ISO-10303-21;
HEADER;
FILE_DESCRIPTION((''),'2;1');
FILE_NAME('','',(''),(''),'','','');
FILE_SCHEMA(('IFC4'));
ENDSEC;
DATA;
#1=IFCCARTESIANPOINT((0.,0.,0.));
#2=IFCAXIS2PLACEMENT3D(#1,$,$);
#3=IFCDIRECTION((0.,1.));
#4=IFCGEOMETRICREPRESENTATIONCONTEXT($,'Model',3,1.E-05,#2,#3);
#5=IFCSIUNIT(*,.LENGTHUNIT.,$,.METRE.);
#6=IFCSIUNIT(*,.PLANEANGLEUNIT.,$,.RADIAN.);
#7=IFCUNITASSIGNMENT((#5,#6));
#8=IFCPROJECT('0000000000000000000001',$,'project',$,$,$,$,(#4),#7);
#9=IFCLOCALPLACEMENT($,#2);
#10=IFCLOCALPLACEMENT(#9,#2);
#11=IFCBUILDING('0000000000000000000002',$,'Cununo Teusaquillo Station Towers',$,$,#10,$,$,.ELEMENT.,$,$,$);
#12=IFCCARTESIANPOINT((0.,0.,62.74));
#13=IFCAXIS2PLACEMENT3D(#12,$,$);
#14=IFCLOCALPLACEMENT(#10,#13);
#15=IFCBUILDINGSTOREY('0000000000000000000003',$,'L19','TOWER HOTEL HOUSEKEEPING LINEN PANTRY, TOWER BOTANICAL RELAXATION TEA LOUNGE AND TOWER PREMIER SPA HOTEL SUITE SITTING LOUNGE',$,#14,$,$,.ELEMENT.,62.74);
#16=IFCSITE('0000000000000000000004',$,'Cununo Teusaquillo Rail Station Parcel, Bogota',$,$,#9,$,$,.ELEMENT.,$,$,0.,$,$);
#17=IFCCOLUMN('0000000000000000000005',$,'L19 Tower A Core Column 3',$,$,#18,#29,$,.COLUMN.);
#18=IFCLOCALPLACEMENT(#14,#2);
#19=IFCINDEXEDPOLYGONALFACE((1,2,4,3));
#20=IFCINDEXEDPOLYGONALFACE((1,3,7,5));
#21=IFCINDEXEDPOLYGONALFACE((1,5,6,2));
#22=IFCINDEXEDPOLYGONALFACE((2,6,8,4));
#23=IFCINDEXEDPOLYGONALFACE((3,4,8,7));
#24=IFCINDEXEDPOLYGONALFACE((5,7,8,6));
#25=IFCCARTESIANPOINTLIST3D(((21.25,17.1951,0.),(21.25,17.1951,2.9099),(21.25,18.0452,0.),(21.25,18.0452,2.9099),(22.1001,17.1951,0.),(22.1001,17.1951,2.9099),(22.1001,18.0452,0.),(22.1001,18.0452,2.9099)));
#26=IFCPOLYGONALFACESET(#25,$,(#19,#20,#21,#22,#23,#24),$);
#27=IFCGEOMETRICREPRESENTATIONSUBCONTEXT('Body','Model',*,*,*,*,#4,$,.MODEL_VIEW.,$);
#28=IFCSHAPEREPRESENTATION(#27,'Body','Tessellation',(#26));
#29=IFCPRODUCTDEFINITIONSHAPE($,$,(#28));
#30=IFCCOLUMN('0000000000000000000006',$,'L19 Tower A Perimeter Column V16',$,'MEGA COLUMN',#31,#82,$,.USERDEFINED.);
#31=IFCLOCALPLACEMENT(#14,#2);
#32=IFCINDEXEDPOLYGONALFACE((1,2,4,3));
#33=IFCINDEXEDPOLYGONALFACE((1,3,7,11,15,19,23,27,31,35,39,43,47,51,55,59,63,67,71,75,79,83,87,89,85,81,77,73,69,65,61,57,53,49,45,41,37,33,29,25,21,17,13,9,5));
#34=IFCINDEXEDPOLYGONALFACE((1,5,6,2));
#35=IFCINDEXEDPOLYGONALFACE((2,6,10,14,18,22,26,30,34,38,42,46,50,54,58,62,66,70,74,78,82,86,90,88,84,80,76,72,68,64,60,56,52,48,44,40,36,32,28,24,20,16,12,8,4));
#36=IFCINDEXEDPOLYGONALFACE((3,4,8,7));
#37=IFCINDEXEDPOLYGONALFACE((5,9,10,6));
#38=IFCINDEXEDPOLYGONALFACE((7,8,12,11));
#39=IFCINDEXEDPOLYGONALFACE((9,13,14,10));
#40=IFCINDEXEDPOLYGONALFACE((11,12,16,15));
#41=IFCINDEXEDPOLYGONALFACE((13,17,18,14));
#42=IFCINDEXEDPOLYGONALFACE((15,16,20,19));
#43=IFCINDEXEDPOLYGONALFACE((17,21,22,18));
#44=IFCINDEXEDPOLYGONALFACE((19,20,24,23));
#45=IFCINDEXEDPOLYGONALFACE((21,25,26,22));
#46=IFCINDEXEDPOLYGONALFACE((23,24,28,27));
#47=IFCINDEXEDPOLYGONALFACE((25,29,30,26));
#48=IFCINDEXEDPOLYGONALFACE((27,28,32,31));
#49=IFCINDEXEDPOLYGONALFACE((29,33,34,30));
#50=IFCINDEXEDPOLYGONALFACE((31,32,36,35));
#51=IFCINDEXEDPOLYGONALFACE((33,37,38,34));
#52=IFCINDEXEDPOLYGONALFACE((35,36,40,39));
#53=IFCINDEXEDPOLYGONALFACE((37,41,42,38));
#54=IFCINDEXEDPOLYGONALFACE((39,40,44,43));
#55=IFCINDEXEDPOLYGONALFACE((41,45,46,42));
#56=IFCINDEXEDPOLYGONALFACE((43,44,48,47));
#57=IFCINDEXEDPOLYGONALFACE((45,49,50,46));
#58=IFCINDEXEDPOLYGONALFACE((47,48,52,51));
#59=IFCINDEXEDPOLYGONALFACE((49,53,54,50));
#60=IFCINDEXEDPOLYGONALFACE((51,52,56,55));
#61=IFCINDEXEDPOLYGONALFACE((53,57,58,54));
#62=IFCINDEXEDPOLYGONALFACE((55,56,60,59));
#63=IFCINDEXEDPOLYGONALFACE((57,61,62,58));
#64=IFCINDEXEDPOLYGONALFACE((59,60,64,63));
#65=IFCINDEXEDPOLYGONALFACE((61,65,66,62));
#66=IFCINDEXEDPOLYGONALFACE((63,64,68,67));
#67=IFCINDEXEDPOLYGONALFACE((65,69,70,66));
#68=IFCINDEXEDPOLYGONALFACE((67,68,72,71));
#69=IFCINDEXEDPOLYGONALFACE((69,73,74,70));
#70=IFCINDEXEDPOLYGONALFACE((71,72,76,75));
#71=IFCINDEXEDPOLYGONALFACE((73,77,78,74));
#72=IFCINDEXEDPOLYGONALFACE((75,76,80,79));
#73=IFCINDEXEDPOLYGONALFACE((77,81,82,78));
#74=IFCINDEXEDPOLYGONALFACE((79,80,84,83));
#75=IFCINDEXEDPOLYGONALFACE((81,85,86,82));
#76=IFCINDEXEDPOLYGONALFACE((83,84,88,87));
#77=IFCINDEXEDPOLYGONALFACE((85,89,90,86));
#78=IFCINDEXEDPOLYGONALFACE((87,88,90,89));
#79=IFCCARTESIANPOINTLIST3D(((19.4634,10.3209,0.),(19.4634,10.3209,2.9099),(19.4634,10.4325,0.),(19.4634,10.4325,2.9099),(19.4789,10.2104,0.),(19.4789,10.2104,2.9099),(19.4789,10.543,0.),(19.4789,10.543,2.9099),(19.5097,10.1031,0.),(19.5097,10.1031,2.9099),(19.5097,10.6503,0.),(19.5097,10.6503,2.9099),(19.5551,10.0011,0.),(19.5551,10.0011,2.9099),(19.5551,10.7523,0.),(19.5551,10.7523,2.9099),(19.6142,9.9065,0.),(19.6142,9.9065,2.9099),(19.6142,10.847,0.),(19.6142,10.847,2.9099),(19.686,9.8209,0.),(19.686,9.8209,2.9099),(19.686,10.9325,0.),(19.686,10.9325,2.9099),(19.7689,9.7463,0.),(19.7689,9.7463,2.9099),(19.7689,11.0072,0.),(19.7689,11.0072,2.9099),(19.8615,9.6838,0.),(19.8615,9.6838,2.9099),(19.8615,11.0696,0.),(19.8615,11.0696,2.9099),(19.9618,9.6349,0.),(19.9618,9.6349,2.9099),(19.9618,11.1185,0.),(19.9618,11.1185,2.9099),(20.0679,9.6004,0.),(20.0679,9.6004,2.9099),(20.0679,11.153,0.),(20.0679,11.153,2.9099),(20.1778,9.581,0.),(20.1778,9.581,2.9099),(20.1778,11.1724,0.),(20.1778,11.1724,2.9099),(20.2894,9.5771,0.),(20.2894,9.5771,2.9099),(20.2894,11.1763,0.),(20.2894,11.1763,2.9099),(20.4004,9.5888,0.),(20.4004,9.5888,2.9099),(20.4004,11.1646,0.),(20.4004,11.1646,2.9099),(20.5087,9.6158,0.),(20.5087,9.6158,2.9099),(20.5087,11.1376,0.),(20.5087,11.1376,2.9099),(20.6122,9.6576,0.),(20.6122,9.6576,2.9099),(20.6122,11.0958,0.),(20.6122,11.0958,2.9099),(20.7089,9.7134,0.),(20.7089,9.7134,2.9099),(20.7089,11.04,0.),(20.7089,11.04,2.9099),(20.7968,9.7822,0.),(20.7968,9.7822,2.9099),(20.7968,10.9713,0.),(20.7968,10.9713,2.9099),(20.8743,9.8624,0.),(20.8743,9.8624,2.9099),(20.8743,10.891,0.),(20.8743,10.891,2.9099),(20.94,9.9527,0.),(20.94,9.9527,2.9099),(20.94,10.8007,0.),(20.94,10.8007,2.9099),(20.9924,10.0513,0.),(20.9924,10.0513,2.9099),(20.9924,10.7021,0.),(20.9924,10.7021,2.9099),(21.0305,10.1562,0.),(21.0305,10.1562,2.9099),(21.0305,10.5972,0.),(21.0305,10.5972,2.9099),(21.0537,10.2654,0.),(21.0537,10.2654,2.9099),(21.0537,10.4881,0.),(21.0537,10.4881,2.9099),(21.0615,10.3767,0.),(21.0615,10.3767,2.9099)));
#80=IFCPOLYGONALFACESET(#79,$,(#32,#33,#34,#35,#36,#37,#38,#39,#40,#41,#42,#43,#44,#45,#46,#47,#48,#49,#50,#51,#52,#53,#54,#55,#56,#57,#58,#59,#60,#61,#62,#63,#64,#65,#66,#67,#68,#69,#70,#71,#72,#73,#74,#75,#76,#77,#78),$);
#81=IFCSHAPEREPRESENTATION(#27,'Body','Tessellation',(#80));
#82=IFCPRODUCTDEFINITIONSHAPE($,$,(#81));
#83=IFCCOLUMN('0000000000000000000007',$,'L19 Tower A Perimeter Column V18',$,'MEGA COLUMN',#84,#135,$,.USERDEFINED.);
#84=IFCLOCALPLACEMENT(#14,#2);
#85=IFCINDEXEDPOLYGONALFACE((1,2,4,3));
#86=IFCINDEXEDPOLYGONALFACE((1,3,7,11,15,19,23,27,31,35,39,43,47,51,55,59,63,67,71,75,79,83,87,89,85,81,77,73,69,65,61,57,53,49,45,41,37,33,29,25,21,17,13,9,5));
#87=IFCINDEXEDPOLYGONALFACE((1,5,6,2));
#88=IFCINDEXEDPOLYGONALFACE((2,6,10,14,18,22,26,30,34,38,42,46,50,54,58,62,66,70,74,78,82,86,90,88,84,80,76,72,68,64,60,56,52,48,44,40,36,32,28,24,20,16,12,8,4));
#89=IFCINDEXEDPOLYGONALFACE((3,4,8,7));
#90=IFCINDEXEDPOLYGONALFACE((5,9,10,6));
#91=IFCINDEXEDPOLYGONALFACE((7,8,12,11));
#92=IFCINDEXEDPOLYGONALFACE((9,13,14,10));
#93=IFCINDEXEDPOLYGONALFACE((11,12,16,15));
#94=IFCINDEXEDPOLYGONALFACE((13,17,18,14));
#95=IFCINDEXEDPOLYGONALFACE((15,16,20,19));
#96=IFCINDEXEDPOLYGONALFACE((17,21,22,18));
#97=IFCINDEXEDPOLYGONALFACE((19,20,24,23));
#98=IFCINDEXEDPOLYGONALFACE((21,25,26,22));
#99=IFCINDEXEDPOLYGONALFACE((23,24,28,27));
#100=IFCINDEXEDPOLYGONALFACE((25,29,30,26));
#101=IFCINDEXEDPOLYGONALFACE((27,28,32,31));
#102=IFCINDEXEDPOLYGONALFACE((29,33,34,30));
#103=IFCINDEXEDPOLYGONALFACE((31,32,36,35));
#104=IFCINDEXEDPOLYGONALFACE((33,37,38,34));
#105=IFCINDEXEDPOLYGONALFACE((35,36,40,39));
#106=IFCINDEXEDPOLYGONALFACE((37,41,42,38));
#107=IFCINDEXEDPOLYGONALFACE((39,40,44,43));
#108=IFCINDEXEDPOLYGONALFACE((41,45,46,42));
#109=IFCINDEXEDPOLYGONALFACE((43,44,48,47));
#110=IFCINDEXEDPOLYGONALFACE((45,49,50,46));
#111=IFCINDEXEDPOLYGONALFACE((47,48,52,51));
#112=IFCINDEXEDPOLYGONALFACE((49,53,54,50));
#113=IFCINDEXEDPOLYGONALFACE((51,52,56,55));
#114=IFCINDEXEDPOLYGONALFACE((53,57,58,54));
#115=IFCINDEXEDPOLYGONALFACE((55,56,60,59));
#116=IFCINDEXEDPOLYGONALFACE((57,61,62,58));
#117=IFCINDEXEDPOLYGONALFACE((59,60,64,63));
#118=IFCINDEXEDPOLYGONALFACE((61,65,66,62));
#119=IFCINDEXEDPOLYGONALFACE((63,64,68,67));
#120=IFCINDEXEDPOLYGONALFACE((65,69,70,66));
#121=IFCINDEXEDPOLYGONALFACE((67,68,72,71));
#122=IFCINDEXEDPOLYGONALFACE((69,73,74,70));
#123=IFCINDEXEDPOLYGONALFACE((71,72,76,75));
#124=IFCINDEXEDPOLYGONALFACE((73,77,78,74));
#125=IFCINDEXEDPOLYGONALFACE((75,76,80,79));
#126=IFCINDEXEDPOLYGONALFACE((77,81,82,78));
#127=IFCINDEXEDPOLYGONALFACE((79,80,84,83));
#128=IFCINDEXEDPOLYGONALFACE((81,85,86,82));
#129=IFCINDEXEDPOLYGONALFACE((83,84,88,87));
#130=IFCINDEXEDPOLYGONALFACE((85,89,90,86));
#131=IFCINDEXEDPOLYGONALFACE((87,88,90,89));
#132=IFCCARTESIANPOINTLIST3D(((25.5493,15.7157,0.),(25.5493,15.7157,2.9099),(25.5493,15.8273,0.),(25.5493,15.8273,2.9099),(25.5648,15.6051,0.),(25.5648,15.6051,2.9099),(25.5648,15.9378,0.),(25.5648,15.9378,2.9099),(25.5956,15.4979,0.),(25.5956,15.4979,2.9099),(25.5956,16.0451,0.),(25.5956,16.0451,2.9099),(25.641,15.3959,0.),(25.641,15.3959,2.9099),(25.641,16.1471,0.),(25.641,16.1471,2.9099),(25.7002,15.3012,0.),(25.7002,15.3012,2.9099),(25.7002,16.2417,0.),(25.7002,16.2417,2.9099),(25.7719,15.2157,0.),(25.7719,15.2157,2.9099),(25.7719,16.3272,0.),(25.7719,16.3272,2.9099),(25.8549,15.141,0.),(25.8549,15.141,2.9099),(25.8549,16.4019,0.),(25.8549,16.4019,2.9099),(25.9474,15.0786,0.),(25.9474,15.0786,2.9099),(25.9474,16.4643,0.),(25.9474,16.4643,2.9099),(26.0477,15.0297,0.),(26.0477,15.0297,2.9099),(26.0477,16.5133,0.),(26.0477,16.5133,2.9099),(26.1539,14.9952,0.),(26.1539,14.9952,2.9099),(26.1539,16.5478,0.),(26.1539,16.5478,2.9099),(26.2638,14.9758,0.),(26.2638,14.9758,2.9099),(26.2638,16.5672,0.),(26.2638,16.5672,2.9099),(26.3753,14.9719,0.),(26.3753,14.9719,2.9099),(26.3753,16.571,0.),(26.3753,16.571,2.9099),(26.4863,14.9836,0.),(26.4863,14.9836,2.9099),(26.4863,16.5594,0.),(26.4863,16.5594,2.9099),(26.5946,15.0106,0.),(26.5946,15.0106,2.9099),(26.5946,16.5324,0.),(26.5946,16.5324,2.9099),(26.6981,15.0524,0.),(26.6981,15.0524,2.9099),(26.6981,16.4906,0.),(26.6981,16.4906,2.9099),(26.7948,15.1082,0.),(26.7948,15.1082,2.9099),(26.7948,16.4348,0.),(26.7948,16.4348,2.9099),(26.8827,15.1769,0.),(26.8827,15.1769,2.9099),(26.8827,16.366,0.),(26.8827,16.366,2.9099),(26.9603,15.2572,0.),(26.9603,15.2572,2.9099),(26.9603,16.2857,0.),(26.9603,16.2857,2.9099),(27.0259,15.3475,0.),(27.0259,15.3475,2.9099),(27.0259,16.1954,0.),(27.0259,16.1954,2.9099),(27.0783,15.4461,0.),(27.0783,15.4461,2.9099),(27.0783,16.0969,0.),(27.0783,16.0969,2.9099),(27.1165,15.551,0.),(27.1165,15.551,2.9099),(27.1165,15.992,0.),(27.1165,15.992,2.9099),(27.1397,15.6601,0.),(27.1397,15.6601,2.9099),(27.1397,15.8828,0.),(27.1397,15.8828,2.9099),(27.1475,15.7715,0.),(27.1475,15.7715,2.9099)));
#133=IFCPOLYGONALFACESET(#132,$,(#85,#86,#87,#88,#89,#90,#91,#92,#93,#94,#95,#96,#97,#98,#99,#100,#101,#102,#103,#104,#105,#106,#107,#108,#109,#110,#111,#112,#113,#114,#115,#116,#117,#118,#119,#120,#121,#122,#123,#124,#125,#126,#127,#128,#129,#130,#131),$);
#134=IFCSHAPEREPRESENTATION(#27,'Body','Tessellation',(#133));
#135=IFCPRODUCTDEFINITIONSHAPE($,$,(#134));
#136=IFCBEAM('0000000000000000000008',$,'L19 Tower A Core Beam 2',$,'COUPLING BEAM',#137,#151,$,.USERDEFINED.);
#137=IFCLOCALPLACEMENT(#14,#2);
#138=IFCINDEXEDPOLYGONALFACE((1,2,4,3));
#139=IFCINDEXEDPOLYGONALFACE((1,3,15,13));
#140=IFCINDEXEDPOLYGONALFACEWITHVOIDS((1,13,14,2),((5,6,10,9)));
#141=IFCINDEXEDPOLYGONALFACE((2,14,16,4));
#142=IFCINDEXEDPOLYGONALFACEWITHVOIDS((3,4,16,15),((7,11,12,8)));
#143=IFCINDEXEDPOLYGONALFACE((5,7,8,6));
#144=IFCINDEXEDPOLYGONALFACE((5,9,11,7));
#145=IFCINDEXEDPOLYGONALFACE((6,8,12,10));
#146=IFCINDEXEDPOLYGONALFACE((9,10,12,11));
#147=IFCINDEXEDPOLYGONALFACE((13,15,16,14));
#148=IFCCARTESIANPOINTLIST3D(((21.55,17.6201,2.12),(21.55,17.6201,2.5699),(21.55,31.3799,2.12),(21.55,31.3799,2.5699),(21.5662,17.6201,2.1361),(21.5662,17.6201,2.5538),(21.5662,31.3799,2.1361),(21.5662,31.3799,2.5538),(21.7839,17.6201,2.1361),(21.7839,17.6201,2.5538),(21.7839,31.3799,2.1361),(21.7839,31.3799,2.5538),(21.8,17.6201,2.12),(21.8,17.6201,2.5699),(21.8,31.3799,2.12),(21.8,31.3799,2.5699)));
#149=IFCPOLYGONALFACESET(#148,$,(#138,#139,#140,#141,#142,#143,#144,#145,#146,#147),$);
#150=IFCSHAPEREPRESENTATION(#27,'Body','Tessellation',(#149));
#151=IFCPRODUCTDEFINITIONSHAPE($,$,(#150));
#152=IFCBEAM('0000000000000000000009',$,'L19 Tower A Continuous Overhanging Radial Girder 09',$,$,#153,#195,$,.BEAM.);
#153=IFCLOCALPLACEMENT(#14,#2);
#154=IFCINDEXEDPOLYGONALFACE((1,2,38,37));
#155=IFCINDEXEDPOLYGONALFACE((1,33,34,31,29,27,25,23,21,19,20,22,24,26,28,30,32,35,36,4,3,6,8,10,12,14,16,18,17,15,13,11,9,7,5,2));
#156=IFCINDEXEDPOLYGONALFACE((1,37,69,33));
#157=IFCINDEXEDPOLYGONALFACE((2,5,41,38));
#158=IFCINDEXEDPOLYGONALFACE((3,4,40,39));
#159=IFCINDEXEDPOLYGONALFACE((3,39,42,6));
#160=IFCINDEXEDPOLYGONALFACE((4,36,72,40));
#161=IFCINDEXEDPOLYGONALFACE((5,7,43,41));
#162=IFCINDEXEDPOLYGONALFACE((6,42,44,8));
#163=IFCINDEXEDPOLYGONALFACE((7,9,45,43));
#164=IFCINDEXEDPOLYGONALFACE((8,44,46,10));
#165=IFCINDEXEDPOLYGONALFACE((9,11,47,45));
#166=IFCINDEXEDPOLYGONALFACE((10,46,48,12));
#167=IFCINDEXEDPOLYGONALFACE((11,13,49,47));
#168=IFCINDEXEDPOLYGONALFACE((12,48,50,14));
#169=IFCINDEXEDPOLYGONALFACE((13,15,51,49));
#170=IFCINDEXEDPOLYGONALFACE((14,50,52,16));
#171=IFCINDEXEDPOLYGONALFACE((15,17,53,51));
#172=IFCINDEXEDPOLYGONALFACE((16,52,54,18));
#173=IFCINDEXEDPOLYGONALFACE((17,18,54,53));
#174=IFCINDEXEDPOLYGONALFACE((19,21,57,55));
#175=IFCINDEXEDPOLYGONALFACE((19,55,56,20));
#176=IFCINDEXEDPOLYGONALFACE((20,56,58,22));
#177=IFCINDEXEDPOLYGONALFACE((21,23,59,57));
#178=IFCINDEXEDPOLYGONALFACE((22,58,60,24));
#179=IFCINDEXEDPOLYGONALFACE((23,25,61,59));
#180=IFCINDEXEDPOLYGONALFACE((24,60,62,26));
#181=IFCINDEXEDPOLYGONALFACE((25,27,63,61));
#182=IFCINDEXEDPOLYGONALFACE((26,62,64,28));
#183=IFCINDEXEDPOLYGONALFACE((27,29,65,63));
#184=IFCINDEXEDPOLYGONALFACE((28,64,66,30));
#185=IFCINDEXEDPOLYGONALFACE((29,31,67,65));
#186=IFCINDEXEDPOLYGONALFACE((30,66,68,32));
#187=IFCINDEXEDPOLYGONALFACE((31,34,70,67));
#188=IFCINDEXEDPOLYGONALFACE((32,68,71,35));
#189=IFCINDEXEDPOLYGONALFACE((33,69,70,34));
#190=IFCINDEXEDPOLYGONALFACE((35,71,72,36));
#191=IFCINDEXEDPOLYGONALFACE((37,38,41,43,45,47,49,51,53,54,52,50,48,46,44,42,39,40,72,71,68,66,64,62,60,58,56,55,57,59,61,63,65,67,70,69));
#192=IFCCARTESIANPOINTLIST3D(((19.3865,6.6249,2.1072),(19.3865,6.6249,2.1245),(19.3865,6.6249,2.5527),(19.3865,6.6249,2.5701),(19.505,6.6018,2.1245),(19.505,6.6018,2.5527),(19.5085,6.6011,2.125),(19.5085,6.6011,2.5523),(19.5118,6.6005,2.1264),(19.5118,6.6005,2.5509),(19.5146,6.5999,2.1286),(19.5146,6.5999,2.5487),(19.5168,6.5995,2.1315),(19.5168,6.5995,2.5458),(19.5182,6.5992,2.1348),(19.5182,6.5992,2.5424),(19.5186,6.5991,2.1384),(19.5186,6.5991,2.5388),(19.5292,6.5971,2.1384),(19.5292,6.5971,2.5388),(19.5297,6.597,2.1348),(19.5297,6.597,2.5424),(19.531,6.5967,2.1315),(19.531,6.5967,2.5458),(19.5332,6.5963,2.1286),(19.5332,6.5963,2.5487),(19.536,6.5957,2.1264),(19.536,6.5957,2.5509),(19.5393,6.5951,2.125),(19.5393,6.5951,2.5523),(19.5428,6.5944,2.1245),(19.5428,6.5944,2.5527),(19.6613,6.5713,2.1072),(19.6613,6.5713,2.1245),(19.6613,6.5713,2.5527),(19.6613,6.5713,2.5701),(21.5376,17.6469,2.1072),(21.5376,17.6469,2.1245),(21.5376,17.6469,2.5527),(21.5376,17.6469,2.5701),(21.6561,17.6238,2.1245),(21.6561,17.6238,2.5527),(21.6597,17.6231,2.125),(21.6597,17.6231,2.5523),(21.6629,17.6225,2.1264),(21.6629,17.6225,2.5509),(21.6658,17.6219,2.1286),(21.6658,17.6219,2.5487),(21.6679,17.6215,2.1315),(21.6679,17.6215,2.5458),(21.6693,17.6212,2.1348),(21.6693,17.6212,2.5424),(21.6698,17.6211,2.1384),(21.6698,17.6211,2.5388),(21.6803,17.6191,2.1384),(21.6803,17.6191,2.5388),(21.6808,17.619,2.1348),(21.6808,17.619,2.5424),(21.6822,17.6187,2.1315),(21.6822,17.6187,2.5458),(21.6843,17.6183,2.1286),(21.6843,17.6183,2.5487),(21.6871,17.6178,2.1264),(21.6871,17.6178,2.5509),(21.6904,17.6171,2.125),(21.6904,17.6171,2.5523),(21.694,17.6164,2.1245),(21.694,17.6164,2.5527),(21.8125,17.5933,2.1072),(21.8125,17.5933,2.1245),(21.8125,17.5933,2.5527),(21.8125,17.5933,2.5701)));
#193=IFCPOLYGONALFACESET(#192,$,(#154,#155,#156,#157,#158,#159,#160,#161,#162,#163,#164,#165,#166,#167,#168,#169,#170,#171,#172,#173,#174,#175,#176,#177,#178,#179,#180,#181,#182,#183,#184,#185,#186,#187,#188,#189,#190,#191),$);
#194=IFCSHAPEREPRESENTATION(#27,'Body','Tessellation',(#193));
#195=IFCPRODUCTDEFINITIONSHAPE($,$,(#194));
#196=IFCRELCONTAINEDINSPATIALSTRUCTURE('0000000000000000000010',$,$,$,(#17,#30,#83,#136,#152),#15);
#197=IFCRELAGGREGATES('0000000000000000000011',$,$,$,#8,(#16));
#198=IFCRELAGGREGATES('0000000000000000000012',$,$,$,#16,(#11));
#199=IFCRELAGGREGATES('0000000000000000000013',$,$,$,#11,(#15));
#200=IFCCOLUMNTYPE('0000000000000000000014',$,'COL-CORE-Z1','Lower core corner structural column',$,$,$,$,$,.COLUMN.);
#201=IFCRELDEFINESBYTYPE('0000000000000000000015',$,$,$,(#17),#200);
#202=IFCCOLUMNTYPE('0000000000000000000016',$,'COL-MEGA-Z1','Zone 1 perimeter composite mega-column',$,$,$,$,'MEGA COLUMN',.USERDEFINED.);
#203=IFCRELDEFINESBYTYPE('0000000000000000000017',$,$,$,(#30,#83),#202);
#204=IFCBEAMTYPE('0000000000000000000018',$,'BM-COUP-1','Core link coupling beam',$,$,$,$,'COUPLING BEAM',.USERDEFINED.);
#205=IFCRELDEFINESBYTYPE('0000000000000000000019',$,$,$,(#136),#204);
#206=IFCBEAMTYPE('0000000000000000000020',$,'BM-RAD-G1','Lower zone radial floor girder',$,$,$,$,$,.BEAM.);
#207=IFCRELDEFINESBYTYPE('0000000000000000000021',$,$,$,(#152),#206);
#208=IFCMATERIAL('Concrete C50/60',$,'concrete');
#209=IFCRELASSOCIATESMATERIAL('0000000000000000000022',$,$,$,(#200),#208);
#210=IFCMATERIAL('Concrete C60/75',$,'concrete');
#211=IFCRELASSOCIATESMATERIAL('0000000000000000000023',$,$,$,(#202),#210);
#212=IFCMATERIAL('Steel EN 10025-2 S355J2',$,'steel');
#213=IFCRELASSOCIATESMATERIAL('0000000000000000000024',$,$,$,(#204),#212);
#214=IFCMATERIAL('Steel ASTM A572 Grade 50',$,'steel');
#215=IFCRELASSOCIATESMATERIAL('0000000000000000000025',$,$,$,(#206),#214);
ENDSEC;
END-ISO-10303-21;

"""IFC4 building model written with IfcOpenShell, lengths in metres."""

from ifc_helpers import new_model, si_unit, direction, frame, origin, origin_2d, place, context, subcontext, project, spatial, rectangle, hollow_rectangle, circle, i_section, extrude, material, material_profile, profile_set, type_object, element, save


model = new_model("IFC4")

# Units and contexts
model_context = context("Model", 3, precision=1e-05, world=origin(), true_north=direction((0.0, 1.0)))
body_context = subcontext(model_context, "Body", "Model", "MODEL_VIEW")
ifc_project = project(units=[si_unit("LENGTHUNIT", "METRE"), si_unit("PLANEANGLEUNIT", "RADIAN")], contexts=[model_context])

# Site, building, storey
site_placement = place(None, origin())
site = spatial("IfcSite", under=ifc_project, at=site_placement, Name="Cununo Teusaquillo Rail Station Parcel, Bogota", CompositionType="ELEMENT", RefElevation=0.0)
building_placement = place(site_placement, origin())
building = spatial("IfcBuilding", under=site, at=building_placement, Name="Cununo Teusaquillo Station Towers", CompositionType="ELEMENT")
storey_placement = place(building_placement, frame((0.0, 0.0, 62.74)))
storey = spatial("IfcBuildingStorey", under=building, at=storey_placement, Name="L19", Description="TOWER HOTEL HOUSEKEEPING LINEN PANTRY, TOWER BOTANICAL RELAXATION TEA LOUNGE AND TOWER PREMIER SPA HOTEL SUITE SITTING LOUNGE", CompositionType="ELEMENT", Elevation=62.74)

# Columns
ifc_material_1 = material(Name="Concrete C50/60", Category="concrete")
ifc_material_profile_1 = material_profile(ifc_material_1, rectangle(XDim=0.8501, YDim=0.8501, at=origin_2d()), Name="RC-RECT-850x850")
ifc_profile_set_1 = profile_set([ifc_material_profile_1], Name="Concrete C50/60")
column_type_1 = type_object("IfcColumnType", Name="COL-CORE-Z1", Description="Lower core corner structural column", PredefinedType="COLUMN", material=ifc_profile_set_1)
column_placement = place(storey_placement, frame((21.675, 17.6201, 0.0), z_axis=(0.0, 0.0, 1.0), x_axis=(1.0, 0.0, 0.0)))
element("IfcColumn", 1, at=column_placement, inside=storey, type_object=column_type_1, Name="L19 Tower A Core Column 3", PredefinedType="COLUMN", context=body_context, shape_type="SweptSolid", body=[
    extrude(rectangle(XDim=0.8501, YDim=0.8501, at=origin_2d()), origin(), (0.0, 0.0, 1.0), 2.9099),
])
ifc_material_2 = material(Name="Concrete C60/75", Category="concrete")
ifc_material_profile_2 = material_profile(ifc_material_2, circle(Radius=0.8, at=origin_2d()), Name="RC-CIRC-1600")
ifc_profile_set_2 = profile_set([ifc_material_profile_2], Name="Concrete C60/75")
column_type_2 = type_object("IfcColumnType", Name="COL-MEGA-Z1", Description="Zone 1 perimeter composite mega-column", ElementType="MEGA COLUMN", PredefinedType="USERDEFINED", material=ifc_profile_set_2)
for number, where, z_axis, x_axis, name in (
    (2, (20.2615, 10.3767, 0.0), (0.0, 0.0, 1.0), (1.0, 0.0, 0.0), "L19 Tower A Perimeter Column V16"),
    (3, (26.3474, 15.7715, 0.0), (0.0, 0.0, 1.0), (1.0, 0.0, 0.0), "L19 Tower A Perimeter Column V18"),
):
    element("IfcColumn", number, at=place(storey_placement, frame(where, z_axis=z_axis, x_axis=x_axis)), inside=storey, type_object=column_type_2, Name=name, ObjectType="MEGA COLUMN", PredefinedType="USERDEFINED", context=body_context, shape_type="SweptSolid", body=[
        extrude(circle(Radius=0.8, at=origin_2d()), origin(), (0.0, 0.0, 1.0), 2.9099),
    ])

# Beams
ifc_material_3 = material(Name="Steel EN 10025-2 S355J2", Category="steel")
ifc_material_profile_3 = material_profile(ifc_material_3, hollow_rectangle(XDim=0.25, YDim=0.45, WallThickness=0.0161, at=origin_2d()), Name="RHS 450x250x16")
ifc_profile_set_3 = profile_set([ifc_material_profile_3], Name="Steel EN 10025-2 S355J2")
beam_type_1 = type_object("IfcBeamType", Name="BM-COUP-1", Description="Core link coupling beam", ElementType="COUPLING BEAM", PredefinedType="USERDEFINED", material=ifc_profile_set_3)
beam_1_placement = place(storey_placement, frame((21.675, 17.6201, 2.345), z_axis=(0.0, 1.0, 0.0), x_axis=(-1.0, 0.0, 0.0)))
element("IfcBeam", 4, at=beam_1_placement, inside=storey, type_object=beam_type_1, Name="L19 Tower A Core Beam 2", ObjectType="COUPLING BEAM", PredefinedType="USERDEFINED", context=body_context, shape_type="SweptSolid", body=[
    extrude(hollow_rectangle(XDim=0.25, YDim=0.45, WallThickness=0.0161, at=origin_2d()), origin(), (0.0, 0.0, 1.0), 13.7598),
])
ifc_material_4 = material(Name="Steel ASTM A572 Grade 50", Category="steel")
ifc_material_profile_4 = material_profile(ifc_material_4, i_section(OverallWidth=0.28, OverallDepth=0.4629, WebThickness=0.0107, FlangeThickness=0.0173, FilletRadius=0.0139, at=origin_2d()), Name="W18X76")
ifc_profile_set_4 = profile_set([ifc_material_profile_4], Name="Steel ASTM A572 Grade 50")
beam_type_2 = type_object("IfcBeamType", Name="BM-RAD-G1", Description="Lower zone radial floor girder", PredefinedType="BEAM", material=ifc_profile_set_4)
beam_2_placement = place(storey_placement, frame((21.675, 17.6201, 2.3386), z_axis=(-0.191553, -0.981482, 0.0), x_axis=(0.981482, -0.191553, 0.0)))
element("IfcBeam", 5, at=beam_2_placement, inside=storey, type_object=beam_type_2, Name="L19 Tower A Continuous Overhanging Radial Girder 09", PredefinedType="BEAM", context=body_context, shape_type="SweptSolid", body=[
    extrude(i_section(OverallWidth=0.28, OverallDepth=0.4629, WebThickness=0.0107, FlangeThickness=0.0173, FilletRadius=0.0139, at=origin_2d()), origin(), (0.0, 0.0, 1.0), 11.23),
])

save(model, "model.ifc")
